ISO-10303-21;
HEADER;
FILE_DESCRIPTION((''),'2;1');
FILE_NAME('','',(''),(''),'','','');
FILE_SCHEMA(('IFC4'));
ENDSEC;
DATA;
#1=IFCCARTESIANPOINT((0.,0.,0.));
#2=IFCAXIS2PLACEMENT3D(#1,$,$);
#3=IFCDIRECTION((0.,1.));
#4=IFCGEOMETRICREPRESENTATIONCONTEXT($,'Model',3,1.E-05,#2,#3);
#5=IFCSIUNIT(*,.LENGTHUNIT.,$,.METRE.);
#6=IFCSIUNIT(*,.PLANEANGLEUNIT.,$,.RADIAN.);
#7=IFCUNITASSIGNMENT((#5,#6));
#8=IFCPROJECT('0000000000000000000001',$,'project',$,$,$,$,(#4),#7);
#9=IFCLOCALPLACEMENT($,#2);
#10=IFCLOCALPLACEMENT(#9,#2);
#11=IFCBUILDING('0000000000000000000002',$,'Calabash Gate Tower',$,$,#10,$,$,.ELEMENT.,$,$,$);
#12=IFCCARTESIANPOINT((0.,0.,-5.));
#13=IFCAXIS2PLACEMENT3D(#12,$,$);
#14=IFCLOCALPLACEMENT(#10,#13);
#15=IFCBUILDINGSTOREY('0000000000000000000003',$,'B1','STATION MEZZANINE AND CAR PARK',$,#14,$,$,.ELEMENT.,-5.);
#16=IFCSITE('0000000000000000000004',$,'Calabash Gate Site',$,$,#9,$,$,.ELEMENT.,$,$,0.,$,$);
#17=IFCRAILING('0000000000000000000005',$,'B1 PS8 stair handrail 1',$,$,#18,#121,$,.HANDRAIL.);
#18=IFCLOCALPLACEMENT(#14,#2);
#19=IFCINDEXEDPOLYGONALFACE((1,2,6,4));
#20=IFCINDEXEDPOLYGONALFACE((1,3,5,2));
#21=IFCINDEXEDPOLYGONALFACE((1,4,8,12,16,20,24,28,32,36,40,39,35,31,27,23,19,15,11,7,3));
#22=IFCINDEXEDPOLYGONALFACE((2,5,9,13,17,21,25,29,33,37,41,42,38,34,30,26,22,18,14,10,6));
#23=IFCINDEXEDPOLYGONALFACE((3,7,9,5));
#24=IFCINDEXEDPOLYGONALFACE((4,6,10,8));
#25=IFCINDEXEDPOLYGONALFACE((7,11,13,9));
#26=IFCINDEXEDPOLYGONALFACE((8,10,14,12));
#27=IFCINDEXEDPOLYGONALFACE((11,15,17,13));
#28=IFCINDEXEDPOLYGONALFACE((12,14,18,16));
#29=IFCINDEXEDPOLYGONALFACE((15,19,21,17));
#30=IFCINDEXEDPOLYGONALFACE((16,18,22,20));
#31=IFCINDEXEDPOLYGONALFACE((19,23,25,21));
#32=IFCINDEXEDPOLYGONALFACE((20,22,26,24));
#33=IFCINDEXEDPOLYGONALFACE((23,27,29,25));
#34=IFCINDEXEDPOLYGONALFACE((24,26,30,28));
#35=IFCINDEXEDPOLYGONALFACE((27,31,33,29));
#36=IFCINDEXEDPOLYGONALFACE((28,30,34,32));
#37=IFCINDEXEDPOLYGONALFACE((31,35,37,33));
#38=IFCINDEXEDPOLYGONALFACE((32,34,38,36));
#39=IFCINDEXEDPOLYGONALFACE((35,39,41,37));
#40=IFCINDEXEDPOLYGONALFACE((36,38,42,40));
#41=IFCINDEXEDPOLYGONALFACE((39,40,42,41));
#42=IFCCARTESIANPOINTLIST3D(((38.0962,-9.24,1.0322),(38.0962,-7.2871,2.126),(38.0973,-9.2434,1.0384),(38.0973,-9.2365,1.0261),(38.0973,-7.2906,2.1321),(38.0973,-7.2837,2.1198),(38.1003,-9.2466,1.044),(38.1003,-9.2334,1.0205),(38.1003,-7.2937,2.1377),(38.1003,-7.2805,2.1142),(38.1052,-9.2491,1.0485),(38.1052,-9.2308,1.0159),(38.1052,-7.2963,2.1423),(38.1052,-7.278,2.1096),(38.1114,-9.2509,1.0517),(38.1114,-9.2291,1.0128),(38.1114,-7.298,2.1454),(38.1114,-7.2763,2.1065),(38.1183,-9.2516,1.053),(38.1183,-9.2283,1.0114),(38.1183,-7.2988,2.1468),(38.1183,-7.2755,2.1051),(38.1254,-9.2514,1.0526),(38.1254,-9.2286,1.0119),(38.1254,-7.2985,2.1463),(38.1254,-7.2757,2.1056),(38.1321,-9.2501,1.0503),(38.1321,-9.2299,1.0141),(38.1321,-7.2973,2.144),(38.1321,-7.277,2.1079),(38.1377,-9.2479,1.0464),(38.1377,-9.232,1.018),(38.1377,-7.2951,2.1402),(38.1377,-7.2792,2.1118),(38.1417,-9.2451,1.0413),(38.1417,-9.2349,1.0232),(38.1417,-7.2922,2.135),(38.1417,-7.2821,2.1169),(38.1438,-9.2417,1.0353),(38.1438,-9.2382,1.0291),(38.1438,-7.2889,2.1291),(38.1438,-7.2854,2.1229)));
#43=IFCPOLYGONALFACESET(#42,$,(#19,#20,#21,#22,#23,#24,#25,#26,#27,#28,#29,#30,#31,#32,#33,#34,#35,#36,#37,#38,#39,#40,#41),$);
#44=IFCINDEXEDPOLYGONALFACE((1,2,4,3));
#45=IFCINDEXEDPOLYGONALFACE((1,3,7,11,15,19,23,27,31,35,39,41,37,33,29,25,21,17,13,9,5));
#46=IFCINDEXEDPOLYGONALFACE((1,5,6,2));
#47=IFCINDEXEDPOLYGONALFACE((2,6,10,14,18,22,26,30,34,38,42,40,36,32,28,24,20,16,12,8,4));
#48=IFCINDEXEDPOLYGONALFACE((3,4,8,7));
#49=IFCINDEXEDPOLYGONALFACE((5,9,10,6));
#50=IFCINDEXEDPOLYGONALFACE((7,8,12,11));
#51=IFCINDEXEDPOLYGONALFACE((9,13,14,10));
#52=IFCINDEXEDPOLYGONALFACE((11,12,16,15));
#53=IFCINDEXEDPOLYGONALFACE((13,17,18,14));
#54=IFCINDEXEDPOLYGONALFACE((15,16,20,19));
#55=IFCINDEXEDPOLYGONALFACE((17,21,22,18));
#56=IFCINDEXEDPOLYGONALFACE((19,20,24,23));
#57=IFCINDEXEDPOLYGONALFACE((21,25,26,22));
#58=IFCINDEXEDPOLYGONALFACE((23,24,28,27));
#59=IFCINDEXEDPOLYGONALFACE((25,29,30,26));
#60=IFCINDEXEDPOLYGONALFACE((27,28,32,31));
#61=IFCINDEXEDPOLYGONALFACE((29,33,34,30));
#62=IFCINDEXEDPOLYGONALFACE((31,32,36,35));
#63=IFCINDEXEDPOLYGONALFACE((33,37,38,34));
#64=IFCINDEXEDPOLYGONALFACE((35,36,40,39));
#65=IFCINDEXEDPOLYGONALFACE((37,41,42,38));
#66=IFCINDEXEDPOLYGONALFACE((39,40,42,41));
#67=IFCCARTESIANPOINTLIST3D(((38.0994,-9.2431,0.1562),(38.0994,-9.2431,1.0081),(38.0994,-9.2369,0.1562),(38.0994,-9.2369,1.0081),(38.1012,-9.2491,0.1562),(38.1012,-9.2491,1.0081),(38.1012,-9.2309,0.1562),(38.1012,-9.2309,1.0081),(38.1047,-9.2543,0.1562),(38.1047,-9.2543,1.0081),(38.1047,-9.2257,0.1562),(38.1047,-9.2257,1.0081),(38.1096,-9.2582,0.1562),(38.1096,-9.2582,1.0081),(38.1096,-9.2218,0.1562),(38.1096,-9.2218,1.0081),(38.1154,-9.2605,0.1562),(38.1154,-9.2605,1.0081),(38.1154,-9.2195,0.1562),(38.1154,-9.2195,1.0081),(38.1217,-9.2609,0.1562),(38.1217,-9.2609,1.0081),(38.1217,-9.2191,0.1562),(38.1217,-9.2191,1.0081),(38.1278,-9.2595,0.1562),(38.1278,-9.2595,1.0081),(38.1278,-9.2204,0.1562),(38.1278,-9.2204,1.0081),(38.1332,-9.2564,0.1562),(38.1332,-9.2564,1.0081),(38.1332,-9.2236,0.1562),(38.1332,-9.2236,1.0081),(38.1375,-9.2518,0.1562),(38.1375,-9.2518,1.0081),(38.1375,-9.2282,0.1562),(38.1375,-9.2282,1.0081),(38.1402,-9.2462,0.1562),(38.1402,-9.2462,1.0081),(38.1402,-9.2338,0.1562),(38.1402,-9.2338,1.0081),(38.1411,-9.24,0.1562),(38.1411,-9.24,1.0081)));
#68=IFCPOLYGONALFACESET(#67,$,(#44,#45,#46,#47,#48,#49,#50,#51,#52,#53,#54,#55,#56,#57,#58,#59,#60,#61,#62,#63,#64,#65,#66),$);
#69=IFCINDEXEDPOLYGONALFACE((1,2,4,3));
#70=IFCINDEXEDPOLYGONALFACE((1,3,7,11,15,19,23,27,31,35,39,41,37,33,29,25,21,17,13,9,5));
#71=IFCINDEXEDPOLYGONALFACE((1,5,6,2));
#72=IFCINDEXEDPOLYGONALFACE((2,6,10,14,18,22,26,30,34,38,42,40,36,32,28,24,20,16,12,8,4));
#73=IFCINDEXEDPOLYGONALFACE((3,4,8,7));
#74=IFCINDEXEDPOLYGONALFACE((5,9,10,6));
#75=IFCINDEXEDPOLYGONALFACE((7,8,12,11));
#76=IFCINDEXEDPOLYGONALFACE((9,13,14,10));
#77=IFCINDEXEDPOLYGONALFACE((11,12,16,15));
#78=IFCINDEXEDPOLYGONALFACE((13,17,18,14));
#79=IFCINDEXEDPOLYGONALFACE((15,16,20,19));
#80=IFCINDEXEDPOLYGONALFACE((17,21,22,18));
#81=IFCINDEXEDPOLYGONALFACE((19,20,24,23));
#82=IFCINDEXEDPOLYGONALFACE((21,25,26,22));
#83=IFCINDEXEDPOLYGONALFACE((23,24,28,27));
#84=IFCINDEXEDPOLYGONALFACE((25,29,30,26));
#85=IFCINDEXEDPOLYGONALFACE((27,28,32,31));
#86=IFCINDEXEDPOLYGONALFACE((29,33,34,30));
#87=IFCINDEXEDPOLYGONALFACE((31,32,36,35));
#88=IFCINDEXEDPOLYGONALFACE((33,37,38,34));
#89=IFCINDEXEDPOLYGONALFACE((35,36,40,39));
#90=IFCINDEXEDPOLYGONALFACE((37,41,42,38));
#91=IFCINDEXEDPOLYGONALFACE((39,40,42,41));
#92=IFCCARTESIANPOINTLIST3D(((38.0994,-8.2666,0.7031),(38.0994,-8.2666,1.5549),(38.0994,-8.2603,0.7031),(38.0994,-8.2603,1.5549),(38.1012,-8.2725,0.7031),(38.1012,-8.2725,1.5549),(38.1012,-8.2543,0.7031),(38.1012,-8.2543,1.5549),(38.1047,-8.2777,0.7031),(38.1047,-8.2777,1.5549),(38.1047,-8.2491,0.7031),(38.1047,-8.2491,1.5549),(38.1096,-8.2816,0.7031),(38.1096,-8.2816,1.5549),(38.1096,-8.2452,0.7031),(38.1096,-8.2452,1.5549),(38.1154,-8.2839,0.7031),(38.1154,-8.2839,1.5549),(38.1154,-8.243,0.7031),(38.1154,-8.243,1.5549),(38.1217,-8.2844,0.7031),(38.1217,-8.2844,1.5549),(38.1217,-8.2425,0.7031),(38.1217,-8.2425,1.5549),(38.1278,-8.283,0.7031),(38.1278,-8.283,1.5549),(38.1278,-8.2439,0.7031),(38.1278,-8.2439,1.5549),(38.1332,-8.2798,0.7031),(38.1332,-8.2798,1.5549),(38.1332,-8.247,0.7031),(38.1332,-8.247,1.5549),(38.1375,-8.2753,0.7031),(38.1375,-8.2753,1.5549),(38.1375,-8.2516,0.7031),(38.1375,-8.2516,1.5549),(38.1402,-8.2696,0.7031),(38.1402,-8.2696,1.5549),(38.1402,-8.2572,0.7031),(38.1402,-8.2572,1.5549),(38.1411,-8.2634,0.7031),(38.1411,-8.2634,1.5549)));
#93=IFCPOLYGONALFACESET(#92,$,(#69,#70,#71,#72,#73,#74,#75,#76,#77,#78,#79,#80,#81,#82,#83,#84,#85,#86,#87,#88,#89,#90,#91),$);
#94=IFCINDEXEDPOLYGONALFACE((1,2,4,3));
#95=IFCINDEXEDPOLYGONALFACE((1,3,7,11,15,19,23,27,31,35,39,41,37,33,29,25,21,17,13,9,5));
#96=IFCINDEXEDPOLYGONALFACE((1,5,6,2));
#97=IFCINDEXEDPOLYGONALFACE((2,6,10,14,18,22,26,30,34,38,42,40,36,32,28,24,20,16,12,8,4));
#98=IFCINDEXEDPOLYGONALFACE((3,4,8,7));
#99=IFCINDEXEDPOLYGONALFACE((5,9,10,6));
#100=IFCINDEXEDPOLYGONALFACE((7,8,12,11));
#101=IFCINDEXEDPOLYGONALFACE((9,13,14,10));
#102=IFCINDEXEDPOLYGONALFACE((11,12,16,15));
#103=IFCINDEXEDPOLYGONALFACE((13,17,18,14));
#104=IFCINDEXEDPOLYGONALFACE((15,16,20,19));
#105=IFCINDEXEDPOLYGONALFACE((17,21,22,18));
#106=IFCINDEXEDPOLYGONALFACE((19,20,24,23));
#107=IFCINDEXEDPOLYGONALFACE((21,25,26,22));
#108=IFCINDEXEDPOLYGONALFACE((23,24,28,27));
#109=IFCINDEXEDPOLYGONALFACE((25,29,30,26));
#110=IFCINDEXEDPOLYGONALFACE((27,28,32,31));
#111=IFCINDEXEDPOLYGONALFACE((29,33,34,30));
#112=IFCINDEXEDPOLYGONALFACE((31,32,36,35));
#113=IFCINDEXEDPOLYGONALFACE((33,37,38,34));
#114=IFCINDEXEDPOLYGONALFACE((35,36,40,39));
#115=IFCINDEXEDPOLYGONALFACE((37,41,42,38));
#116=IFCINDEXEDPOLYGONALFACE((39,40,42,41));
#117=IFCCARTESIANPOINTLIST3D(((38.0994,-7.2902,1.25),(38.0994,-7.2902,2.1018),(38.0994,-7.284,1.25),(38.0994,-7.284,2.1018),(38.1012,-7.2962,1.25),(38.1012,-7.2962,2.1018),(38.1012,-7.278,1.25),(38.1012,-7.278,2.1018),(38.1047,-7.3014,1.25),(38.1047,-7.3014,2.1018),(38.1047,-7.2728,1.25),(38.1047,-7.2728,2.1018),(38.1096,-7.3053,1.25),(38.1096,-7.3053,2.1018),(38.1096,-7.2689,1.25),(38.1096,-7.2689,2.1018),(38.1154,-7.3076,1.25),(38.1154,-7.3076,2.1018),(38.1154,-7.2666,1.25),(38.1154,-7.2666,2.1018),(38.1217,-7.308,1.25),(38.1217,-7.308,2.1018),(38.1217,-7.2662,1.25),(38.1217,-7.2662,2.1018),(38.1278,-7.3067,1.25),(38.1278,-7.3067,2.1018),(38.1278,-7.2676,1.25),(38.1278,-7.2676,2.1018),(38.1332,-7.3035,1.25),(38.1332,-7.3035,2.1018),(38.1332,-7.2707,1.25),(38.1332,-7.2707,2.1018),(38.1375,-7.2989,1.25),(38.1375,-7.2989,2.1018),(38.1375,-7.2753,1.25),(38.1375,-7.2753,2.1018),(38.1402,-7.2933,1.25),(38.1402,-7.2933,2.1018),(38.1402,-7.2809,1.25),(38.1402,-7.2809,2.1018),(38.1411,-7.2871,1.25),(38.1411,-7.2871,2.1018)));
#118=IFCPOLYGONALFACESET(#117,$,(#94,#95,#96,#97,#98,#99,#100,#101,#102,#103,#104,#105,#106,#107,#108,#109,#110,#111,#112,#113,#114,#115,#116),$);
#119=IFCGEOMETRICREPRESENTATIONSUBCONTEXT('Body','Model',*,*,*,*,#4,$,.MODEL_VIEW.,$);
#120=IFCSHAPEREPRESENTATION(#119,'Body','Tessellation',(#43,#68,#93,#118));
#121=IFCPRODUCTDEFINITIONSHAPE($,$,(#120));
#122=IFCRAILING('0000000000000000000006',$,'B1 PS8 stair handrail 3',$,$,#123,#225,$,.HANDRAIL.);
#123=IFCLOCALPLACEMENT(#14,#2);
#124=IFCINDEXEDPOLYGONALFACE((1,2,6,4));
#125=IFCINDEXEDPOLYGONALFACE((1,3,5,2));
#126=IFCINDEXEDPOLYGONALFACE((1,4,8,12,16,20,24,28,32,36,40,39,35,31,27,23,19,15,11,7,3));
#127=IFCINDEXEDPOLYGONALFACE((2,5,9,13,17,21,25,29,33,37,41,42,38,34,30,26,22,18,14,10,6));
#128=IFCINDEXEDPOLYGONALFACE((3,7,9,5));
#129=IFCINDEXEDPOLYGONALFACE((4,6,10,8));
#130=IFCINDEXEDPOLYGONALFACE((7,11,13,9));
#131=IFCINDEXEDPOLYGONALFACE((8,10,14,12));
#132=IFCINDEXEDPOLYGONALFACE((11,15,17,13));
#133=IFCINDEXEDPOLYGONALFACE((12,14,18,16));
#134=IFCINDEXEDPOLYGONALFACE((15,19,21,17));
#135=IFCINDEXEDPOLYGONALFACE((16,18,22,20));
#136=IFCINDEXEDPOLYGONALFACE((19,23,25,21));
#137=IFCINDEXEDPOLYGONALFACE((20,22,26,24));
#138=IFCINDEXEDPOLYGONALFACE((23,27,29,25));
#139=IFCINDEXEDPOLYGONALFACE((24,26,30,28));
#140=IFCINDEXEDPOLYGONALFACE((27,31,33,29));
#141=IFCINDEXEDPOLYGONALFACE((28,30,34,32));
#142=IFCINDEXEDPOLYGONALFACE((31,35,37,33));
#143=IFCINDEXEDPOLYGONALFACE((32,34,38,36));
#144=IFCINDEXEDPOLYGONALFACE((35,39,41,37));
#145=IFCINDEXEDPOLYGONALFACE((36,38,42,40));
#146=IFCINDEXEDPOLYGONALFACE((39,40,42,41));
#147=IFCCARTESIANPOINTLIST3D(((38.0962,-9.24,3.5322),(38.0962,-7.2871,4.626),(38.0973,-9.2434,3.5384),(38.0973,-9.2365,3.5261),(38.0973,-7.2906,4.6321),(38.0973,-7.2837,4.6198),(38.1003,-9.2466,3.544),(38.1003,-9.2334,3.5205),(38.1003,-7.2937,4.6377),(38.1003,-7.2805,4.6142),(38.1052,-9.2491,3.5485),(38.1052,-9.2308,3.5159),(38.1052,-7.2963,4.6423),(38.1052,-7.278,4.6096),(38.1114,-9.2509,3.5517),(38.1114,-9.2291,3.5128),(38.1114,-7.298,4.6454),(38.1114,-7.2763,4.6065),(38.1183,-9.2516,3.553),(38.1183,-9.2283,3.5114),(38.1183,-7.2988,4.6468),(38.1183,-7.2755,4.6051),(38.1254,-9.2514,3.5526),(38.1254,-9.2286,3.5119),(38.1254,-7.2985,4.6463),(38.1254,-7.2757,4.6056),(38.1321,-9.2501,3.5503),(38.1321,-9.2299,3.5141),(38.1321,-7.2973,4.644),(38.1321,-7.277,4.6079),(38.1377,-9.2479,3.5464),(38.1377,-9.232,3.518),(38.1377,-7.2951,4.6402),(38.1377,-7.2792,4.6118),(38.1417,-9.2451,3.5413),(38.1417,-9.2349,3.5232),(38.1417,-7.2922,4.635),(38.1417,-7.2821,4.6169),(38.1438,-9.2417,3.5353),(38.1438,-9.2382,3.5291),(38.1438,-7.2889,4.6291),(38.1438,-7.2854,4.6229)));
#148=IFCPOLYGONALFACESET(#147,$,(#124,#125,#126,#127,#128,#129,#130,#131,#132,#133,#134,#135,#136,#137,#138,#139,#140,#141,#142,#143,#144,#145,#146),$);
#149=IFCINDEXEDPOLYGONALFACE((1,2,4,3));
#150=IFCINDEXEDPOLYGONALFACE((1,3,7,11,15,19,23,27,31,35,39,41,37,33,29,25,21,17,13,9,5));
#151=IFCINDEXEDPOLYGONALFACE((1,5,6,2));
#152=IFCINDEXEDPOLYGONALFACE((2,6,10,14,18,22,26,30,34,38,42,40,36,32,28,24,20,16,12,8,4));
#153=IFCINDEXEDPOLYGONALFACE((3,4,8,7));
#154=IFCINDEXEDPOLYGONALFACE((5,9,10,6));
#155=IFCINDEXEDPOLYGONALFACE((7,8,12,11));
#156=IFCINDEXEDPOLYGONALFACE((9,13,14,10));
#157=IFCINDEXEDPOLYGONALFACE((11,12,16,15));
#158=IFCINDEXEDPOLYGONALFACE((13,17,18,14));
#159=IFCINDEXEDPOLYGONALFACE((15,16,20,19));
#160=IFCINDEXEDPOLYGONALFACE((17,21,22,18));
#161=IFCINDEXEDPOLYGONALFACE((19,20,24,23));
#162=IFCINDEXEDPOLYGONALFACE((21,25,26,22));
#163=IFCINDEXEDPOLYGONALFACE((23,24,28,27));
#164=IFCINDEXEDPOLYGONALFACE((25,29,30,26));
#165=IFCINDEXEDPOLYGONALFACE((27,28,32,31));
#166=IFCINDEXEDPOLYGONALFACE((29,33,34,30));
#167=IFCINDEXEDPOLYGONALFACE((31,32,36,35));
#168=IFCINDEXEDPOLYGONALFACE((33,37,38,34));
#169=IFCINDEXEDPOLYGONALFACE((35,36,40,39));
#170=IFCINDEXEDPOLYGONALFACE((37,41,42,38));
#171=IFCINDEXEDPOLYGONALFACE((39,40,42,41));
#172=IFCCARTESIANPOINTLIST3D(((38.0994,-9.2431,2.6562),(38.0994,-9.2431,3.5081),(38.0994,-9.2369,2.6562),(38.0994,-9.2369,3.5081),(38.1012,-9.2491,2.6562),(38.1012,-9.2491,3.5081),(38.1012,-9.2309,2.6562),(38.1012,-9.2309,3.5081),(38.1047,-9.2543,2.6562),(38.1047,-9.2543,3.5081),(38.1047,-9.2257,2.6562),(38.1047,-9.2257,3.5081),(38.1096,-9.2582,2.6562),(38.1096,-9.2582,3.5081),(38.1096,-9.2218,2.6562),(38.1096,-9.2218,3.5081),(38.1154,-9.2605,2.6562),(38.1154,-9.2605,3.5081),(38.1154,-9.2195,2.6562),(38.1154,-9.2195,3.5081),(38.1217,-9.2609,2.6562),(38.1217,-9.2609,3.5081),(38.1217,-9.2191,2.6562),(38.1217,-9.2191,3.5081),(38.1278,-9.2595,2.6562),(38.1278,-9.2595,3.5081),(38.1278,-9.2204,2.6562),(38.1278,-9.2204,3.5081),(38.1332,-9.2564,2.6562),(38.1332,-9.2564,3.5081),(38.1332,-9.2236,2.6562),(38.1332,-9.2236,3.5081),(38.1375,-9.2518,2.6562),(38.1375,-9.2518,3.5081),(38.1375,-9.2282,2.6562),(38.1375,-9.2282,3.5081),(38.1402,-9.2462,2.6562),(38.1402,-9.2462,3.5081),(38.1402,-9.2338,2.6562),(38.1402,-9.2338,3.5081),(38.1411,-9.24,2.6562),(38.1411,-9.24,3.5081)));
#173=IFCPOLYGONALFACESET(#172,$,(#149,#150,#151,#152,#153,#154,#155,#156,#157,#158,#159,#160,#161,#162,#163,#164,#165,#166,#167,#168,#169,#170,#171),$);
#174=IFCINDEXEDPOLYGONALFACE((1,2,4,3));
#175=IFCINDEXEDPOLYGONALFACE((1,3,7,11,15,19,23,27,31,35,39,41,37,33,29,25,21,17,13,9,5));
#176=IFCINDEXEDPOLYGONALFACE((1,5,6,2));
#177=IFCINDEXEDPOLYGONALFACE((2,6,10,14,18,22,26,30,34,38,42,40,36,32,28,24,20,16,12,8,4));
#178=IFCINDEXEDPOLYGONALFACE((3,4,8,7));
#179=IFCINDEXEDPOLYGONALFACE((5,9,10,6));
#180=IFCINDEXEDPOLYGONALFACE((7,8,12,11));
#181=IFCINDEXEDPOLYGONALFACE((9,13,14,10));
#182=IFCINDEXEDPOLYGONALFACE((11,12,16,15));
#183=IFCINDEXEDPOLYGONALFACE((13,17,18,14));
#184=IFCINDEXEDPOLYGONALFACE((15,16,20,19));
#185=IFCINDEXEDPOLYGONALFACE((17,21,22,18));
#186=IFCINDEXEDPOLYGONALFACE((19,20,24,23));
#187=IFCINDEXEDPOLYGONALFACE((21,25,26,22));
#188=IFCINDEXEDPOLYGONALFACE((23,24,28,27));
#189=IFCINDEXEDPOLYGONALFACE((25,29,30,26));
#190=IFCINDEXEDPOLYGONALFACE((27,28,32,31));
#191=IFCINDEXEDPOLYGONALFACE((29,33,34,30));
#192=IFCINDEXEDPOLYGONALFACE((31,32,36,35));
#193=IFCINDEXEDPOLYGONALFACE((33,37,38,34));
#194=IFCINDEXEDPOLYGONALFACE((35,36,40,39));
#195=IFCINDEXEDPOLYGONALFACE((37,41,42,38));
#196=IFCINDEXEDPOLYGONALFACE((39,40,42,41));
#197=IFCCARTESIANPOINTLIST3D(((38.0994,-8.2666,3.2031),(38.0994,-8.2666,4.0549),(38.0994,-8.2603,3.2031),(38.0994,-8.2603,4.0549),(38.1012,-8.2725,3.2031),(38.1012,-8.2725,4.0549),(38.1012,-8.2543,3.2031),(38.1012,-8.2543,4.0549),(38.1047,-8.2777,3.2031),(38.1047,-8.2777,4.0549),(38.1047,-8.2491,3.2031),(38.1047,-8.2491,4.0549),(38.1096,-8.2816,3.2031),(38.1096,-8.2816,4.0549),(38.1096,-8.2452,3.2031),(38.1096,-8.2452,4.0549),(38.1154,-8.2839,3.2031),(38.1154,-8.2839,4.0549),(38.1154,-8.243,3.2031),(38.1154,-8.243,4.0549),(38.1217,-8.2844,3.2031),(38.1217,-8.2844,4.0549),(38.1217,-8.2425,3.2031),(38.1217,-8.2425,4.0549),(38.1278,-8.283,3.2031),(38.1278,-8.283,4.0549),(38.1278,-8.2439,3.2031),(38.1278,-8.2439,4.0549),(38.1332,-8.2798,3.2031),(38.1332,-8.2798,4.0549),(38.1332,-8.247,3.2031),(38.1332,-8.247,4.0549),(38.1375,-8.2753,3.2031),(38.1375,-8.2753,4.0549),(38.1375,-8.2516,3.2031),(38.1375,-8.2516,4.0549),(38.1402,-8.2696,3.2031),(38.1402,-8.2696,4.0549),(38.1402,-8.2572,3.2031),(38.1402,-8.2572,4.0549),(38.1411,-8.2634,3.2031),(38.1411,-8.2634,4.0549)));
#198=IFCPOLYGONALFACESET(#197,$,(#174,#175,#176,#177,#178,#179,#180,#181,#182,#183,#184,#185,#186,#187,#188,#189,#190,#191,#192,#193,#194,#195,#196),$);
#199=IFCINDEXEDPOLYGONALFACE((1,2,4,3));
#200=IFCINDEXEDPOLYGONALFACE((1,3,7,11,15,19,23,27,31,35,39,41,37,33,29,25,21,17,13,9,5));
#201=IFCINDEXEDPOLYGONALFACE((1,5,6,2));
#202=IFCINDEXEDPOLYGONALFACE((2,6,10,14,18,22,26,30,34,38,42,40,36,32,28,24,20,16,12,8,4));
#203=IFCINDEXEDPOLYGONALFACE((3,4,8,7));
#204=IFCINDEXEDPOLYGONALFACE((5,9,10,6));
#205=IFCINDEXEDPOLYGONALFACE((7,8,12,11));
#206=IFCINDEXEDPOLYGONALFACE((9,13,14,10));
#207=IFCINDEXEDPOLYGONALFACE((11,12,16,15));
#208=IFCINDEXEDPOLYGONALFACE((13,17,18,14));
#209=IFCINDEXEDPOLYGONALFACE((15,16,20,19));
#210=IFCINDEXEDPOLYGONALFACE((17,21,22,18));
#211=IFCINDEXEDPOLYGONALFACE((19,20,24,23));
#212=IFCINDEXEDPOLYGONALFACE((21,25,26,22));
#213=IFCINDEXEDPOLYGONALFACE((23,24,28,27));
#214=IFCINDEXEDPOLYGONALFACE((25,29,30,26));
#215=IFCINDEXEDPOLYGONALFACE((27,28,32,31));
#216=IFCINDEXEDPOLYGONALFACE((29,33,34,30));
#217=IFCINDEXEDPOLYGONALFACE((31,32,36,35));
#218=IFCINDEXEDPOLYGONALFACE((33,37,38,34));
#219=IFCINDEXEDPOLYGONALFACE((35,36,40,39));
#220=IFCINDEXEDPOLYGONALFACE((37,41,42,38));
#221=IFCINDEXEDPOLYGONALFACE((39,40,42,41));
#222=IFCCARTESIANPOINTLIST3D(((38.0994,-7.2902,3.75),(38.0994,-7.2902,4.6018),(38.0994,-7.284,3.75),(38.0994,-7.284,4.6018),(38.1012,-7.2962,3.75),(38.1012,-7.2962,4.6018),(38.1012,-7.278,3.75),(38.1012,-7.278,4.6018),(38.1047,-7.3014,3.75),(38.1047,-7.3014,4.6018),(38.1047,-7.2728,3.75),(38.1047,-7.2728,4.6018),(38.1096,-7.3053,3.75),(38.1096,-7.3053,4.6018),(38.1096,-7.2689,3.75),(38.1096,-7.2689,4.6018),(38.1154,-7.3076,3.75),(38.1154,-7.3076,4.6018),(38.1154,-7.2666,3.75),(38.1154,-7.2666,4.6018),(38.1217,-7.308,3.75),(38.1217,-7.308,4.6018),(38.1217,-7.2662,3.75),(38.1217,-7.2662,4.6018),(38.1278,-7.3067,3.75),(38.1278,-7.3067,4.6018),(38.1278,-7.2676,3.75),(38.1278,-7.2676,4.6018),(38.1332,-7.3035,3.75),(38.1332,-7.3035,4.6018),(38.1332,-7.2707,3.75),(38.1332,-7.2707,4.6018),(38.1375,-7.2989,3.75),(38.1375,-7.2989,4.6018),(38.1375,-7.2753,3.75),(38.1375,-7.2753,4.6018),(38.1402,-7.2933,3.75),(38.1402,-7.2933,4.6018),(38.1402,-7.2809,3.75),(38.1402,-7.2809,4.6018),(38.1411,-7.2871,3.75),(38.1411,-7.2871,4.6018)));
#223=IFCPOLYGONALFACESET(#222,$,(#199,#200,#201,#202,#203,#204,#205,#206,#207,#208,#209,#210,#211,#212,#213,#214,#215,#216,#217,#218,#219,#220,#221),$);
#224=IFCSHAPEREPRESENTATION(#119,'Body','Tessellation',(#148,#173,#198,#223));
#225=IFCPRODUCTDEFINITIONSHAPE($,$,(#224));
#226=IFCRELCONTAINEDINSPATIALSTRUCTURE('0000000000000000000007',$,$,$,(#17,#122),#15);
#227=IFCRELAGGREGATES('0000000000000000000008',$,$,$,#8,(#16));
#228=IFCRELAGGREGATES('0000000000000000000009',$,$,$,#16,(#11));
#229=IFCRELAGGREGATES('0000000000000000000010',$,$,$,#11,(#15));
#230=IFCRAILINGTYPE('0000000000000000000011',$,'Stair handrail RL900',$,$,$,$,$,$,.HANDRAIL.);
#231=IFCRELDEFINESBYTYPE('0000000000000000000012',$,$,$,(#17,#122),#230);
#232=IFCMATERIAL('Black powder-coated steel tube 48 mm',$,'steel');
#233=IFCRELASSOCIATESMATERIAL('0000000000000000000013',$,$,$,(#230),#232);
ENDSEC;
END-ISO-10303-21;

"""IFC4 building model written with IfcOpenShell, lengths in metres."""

from ifc_helpers import new_model, si_unit, direction, frame, origin, origin_2d, place, context, subcontext, project, spatial, circle, extrude, material, type_object, element, save


model = new_model("IFC4")

# Units and contexts
model_context = context("Model", 3, precision=1e-05, world=origin(), true_north=direction((0.0, 1.0)))
body_context = subcontext(model_context, "Body", "Model", "MODEL_VIEW")
ifc_project = project(units=[si_unit("LENGTHUNIT", "METRE"), si_unit("PLANEANGLEUNIT", "RADIAN")], contexts=[model_context])

# Site, building, storey
site_placement = place(None, origin())
site = spatial("IfcSite", under=ifc_project, at=site_placement, Name="Calabash Gate Site", CompositionType="ELEMENT", RefElevation=0.0)
building_placement = place(site_placement, origin())
building = spatial("IfcBuilding", under=site, at=building_placement, Name="Calabash Gate Tower", CompositionType="ELEMENT")
storey_placement = place(building_placement, frame((0.0, 0.0, -5.0)))
storey = spatial("IfcBuildingStorey", under=building, at=storey_placement, Name="B1", Description="STATION MEZZANINE AND CAR PARK", CompositionType="ELEMENT", Elevation=-5.0)

# Railings
ifc_material_1 = material(Name="Black powder-coated steel tube 48 mm", Category="steel")
railing_type_1 = type_object("IfcRailingType", Name="Stair handrail RL900", PredefinedType="HANDRAIL", material=ifc_material_1)
for number, where, name in (
    (1, (38.1201, -9.24, 0.1562), "B1 PS8 stair handrail 1"),
    (2, (38.1201, -9.24, 2.6562), "B1 PS8 stair handrail 3"),
):
    element("IfcRailing", number, at=place(storey_placement, frame(where)), inside=storey, type_object=railing_type_1, Name=name, PredefinedType="HANDRAIL", context=body_context, shape_type="SweptSolid", body=[
        extrude(circle(Radius=0.0239, at=origin_2d()), frame((0.0, 0.0, 0.876), z_axis=(0.0, 0.87248, 0.48865), x_axis=(-1.0, 0.0, 0.0)), (0.0, 0.0, 1.0), 2.2383),
        extrude(circle(Radius=0.021, at=origin_2d()), origin(), (0.0, 0.0, 1.0), 0.8518),
        extrude(circle(Radius=0.021, at=origin_2d()), frame((0.0, 0.9766, 0.5469)), (0.0, 0.0, 1.0), 0.8518),
        extrude(circle(Radius=0.021, at=origin_2d()), frame((0.0, 1.9529, 1.0938)), (0.0, 0.0, 1.0), 0.8518),
    ])

save(model, "model.ifc")
